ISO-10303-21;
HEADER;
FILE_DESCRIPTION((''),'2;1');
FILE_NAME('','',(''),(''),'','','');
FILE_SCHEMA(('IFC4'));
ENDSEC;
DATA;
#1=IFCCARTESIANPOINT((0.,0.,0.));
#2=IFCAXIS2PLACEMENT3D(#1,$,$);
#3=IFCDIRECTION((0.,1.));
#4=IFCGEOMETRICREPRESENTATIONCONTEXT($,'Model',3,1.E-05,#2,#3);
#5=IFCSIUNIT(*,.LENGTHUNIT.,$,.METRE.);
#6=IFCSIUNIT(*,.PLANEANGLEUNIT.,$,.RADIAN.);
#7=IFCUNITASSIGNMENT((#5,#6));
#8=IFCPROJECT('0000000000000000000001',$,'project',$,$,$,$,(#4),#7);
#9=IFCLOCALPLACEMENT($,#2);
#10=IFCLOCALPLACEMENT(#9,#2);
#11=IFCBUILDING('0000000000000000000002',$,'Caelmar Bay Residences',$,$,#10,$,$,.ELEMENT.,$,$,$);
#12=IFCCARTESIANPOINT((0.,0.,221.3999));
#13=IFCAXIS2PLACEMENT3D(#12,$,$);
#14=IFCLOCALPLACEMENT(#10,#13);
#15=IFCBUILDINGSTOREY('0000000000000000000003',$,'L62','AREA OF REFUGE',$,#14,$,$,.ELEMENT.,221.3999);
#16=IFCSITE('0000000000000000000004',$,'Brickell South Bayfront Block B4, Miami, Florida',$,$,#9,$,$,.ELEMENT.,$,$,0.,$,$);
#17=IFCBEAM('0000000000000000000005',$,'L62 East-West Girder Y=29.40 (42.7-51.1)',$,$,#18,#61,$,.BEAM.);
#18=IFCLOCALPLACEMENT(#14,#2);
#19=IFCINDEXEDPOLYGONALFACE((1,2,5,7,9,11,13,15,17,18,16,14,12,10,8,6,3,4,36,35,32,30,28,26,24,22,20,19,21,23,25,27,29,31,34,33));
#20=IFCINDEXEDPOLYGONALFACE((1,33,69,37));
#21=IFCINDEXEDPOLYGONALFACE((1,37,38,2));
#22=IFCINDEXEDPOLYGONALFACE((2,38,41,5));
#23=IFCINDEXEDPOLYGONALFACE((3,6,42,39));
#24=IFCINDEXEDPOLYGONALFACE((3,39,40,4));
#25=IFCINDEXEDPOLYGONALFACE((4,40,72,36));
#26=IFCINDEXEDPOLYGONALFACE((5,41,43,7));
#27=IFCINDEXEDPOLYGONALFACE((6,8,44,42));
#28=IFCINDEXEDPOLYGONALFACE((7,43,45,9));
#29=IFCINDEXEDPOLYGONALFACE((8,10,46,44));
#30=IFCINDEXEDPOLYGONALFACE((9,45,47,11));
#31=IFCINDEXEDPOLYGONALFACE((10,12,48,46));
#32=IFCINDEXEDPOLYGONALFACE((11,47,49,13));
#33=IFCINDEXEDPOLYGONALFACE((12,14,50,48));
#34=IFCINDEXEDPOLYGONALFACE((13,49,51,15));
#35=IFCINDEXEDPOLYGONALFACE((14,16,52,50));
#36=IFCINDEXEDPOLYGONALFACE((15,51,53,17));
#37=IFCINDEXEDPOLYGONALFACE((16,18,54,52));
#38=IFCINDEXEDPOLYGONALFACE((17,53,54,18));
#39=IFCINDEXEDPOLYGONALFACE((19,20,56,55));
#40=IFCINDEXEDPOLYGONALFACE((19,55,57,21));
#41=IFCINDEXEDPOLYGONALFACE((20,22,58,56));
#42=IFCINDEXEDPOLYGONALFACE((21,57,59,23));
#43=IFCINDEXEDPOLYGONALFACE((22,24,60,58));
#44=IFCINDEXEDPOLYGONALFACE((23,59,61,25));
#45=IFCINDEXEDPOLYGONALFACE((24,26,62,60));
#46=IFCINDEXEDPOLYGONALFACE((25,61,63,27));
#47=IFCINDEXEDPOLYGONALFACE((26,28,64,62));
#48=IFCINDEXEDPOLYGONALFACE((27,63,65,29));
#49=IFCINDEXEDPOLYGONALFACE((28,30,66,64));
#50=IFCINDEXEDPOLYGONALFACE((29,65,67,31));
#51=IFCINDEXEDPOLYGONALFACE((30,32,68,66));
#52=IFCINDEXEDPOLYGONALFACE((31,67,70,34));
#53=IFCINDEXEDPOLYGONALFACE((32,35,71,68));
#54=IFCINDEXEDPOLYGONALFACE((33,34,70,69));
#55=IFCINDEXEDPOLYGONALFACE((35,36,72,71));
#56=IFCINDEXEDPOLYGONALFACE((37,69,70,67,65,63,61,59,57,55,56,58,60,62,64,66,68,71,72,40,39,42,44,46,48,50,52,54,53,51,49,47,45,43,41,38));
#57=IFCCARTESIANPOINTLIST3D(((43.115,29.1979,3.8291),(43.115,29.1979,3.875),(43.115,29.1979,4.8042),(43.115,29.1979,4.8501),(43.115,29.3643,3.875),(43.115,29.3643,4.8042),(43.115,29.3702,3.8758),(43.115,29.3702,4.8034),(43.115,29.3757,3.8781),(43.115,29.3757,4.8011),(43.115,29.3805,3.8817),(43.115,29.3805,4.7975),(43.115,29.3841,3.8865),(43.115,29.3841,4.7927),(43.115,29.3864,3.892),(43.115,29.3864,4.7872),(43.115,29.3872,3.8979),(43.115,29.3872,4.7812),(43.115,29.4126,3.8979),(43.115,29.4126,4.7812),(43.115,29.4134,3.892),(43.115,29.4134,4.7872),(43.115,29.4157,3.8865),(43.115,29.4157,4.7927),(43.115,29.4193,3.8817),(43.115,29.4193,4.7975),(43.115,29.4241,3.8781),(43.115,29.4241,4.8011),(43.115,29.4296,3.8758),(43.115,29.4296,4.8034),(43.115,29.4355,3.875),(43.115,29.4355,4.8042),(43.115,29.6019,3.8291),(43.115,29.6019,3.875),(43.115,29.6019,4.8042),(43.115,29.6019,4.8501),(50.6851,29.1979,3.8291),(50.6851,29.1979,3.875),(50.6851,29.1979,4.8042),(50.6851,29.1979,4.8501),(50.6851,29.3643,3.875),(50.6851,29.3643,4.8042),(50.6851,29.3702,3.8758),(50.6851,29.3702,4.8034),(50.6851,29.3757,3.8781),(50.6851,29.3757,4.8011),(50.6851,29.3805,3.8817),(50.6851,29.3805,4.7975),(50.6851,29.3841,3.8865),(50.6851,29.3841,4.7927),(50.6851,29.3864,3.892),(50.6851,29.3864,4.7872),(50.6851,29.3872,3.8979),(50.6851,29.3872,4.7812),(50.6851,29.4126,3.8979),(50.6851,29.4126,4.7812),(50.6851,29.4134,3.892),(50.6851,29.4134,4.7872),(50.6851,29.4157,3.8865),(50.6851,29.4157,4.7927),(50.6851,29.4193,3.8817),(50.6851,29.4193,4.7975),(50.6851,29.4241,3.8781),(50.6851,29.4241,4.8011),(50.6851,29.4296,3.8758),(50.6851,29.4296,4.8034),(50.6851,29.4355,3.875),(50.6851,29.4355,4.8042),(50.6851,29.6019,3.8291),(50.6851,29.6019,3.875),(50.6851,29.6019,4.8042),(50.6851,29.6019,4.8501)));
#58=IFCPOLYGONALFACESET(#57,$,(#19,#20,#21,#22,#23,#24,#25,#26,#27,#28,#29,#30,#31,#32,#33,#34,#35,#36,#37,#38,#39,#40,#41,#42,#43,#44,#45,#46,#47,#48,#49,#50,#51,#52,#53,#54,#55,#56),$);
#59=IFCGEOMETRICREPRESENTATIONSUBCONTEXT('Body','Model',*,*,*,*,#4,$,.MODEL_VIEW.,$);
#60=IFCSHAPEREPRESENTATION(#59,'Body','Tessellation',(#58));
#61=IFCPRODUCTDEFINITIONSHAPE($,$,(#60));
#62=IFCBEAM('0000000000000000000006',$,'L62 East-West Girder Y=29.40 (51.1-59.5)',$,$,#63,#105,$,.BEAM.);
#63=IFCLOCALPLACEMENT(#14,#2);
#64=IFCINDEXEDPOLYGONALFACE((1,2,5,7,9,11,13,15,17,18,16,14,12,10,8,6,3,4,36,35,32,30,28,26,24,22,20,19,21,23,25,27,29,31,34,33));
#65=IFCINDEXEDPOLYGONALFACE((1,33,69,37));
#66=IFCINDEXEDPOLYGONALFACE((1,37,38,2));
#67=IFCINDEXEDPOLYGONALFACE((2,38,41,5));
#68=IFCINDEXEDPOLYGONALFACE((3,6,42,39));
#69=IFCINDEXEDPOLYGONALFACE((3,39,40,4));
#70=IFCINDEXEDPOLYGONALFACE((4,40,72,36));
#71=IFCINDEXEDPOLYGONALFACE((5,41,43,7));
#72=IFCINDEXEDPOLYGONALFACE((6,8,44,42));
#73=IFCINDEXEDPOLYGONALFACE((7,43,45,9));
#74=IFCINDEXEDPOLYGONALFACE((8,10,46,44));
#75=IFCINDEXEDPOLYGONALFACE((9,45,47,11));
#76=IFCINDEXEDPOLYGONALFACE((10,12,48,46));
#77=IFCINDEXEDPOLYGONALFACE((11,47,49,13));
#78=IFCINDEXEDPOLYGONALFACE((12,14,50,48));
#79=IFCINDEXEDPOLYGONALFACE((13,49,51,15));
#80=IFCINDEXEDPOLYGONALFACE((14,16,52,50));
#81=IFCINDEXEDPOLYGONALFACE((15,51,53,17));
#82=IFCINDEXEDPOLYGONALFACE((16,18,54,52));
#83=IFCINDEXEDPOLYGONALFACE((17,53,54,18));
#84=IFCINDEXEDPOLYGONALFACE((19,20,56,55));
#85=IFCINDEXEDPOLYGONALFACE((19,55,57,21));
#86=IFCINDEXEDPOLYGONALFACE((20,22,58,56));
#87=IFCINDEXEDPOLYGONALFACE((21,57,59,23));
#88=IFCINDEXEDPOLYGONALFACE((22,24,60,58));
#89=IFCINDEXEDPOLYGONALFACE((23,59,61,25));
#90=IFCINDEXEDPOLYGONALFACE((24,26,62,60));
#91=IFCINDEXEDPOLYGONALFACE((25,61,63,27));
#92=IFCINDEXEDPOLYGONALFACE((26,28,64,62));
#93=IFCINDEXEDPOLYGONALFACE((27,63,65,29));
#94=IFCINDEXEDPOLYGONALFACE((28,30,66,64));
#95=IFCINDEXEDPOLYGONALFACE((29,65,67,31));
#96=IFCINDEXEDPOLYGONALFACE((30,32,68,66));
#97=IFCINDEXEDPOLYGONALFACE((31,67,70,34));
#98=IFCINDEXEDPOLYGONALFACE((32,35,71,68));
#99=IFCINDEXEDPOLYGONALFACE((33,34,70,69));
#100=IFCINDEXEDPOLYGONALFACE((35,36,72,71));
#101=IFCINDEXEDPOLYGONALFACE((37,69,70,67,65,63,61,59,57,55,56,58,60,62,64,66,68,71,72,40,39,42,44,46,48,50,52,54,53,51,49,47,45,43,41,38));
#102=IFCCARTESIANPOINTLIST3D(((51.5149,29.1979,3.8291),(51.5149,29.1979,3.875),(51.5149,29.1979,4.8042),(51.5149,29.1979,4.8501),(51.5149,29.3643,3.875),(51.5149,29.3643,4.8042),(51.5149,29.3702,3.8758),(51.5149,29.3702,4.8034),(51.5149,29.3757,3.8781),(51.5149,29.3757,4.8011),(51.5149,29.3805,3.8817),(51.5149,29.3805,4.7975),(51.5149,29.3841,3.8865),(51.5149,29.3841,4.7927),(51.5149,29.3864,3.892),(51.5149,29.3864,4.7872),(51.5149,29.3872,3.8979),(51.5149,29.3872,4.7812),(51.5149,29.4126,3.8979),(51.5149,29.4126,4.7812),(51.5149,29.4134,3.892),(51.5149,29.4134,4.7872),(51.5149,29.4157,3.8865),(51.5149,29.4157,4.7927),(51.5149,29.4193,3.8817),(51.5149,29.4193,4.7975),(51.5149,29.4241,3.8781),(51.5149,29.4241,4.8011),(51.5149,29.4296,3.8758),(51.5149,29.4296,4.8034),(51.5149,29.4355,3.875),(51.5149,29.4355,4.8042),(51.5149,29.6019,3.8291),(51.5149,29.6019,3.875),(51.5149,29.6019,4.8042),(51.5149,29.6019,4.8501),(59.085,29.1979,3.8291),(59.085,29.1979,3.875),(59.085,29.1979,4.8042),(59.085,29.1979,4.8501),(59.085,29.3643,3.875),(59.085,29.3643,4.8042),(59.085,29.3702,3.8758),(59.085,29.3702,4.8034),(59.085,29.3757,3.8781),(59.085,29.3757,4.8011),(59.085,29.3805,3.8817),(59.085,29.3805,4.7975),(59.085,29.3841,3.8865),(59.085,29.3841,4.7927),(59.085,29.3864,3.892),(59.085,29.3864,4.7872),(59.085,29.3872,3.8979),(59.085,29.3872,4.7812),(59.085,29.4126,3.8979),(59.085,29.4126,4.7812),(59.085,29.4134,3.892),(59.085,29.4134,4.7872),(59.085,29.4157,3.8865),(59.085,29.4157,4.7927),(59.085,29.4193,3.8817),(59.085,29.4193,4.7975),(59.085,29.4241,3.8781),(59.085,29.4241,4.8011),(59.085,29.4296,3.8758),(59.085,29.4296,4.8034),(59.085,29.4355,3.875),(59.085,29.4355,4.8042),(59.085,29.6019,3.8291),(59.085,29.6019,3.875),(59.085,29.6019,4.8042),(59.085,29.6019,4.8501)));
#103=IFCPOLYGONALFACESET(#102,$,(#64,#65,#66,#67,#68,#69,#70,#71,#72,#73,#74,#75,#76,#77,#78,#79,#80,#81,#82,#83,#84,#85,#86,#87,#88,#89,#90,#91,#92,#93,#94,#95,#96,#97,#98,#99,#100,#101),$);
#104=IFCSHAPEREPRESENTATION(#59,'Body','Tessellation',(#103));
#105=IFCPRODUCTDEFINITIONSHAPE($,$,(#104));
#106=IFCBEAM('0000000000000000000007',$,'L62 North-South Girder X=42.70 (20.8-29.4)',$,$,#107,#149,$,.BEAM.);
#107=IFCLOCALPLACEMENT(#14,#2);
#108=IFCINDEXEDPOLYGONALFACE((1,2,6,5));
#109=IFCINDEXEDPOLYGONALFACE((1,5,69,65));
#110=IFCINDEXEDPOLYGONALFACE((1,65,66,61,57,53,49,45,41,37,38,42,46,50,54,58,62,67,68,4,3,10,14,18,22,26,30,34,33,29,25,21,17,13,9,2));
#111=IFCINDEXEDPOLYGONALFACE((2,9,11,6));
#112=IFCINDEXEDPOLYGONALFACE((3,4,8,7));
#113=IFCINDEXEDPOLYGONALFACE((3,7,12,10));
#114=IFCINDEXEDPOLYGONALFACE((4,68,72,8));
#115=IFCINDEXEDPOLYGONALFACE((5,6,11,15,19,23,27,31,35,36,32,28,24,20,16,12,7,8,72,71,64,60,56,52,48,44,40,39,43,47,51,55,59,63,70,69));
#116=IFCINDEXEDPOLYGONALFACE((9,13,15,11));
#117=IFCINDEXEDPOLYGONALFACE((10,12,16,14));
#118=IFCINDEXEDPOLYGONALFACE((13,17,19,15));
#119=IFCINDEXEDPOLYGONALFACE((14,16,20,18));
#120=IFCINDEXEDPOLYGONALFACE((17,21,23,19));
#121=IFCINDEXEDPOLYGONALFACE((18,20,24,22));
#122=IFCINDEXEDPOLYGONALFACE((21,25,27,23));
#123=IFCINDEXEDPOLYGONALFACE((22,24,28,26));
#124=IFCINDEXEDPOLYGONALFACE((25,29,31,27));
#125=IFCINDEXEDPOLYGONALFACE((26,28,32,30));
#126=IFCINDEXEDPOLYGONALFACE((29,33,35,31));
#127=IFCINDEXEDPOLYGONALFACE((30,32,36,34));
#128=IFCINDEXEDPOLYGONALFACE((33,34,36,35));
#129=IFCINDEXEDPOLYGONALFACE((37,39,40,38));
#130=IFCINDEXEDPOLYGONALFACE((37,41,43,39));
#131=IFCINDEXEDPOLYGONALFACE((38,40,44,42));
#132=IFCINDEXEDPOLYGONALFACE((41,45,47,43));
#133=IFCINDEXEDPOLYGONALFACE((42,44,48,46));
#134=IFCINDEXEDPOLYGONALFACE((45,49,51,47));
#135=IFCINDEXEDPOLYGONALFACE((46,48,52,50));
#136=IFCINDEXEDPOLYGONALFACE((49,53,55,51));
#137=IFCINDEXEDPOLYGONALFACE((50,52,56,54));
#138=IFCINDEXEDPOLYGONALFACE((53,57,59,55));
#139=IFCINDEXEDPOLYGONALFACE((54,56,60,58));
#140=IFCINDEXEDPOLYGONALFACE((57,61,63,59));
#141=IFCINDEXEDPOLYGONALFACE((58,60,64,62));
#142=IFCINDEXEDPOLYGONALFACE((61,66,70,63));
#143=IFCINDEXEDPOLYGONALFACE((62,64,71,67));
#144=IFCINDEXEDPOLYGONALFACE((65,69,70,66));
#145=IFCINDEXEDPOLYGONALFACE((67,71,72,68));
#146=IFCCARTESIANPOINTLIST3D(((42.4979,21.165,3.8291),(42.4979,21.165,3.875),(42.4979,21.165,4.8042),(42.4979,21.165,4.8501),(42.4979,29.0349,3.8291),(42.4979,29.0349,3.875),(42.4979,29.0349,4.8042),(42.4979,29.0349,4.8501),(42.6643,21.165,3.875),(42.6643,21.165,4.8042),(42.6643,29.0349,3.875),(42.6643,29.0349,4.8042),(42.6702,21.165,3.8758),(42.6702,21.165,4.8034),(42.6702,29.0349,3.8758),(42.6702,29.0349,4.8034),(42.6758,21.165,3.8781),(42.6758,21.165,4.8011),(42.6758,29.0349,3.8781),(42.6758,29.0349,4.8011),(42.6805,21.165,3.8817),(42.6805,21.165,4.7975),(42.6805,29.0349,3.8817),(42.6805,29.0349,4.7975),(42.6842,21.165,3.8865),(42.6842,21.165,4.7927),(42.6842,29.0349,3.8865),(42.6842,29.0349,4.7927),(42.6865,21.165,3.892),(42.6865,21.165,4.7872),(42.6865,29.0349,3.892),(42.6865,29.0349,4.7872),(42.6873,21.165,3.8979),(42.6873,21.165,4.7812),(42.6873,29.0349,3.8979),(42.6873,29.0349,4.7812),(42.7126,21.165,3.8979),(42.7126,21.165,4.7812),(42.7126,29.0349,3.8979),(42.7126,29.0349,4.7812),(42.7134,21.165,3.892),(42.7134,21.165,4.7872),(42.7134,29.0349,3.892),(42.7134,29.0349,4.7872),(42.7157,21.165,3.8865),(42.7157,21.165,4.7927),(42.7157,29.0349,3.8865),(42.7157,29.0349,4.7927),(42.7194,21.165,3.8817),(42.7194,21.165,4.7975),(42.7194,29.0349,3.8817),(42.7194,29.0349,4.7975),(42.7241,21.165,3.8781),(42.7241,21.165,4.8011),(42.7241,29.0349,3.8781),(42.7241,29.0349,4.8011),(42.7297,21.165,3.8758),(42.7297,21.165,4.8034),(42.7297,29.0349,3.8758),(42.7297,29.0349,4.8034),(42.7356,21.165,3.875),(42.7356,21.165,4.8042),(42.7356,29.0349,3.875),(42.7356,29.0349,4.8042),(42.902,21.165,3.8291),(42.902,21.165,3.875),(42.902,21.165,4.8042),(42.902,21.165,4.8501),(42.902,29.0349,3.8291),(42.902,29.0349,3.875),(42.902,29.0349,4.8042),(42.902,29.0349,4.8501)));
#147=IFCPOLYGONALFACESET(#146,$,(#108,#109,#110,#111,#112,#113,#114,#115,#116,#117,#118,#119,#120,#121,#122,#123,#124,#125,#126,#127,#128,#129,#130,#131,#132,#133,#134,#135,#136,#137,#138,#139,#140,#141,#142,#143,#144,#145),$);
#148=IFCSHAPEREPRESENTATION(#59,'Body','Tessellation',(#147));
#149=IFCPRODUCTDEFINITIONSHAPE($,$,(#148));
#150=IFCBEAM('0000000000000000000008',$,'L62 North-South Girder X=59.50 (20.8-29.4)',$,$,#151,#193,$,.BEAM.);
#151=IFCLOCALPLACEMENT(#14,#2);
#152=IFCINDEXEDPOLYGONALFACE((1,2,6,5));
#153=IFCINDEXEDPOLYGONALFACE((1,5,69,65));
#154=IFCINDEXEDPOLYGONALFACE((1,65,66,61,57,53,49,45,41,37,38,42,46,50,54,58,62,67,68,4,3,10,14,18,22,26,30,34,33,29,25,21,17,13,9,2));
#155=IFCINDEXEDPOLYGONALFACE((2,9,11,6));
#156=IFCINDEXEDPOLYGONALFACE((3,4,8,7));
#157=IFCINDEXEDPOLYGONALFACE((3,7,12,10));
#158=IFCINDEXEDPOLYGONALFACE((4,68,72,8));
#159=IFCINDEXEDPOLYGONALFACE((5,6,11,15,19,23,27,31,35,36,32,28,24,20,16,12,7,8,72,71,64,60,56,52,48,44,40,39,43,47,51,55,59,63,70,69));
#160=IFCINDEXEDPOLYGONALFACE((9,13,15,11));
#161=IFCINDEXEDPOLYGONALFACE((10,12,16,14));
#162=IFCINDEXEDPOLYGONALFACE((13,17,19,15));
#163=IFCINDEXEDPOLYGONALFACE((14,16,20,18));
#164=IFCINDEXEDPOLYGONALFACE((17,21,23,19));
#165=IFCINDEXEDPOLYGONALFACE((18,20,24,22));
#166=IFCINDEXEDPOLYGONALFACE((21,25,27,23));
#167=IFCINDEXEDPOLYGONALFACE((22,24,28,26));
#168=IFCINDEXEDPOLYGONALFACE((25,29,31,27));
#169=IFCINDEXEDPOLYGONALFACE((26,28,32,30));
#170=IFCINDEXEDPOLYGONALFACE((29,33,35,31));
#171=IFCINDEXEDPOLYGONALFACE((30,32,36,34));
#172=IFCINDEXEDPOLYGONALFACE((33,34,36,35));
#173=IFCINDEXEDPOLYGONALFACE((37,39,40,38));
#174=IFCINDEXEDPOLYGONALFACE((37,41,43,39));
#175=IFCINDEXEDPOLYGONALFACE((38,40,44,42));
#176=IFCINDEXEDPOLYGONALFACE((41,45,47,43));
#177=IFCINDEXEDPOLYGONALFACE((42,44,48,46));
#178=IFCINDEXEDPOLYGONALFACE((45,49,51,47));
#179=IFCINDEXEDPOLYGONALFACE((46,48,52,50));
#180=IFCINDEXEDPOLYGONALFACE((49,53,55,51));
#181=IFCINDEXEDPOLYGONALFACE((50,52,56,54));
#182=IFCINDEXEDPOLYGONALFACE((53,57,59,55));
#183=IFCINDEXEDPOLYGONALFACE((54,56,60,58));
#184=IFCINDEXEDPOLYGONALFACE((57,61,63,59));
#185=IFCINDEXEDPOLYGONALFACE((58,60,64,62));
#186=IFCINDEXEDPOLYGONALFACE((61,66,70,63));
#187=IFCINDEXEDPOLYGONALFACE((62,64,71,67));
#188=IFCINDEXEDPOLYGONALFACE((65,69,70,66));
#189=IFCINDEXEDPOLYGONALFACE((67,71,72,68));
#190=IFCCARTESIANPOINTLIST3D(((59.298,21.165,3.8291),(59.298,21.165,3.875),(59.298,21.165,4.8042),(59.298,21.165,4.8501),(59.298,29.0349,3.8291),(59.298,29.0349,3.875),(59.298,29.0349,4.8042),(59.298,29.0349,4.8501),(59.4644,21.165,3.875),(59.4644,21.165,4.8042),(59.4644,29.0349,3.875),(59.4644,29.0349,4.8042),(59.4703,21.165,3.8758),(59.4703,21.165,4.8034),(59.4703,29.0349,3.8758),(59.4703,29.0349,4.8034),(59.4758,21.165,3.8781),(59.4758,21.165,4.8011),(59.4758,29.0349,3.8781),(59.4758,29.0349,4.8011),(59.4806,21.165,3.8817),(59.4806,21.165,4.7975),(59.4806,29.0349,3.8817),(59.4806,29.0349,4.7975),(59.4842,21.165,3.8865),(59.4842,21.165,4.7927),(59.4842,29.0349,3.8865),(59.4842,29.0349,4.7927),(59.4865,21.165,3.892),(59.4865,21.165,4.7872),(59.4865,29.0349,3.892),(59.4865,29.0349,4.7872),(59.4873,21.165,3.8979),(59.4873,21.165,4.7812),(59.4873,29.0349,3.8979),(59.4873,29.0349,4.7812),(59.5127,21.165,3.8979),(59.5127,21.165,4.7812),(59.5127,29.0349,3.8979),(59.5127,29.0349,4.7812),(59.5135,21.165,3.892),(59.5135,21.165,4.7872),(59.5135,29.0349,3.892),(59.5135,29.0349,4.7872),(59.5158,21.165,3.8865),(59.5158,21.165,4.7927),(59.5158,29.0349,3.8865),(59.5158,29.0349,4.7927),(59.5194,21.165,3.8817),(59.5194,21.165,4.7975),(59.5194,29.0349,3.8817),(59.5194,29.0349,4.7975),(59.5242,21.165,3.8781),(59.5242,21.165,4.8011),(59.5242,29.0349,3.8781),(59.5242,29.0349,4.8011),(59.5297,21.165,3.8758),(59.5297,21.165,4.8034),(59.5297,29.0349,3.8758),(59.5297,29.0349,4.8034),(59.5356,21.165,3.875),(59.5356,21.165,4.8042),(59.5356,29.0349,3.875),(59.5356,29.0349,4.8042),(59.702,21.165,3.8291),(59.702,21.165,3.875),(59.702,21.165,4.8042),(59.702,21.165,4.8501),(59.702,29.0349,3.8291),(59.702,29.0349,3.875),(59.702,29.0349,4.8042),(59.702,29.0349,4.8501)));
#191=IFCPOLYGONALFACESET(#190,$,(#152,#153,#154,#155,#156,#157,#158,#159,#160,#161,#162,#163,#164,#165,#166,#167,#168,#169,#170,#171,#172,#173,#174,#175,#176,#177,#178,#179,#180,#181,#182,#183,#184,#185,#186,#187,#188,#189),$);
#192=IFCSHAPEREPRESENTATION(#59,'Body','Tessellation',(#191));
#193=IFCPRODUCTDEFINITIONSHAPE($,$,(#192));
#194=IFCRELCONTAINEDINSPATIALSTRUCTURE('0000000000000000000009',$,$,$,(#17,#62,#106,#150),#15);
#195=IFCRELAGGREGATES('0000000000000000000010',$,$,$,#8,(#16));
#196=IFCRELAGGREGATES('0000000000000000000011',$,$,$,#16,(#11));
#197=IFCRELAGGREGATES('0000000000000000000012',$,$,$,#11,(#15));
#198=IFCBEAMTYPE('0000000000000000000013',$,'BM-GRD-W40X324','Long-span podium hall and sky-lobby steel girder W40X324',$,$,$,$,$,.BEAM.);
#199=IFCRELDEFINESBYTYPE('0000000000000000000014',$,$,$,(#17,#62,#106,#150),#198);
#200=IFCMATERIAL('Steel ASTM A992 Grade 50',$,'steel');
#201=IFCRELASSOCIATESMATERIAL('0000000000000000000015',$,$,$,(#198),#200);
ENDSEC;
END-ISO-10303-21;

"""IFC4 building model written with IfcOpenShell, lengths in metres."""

from ifc_helpers import new_model, si_unit, direction, frame, origin, origin_2d, place, context, subcontext, project, spatial, i_section, extrude, material, material_profile, profile_set, type_object, element, save


model = new_model("IFC4")

# Units and contexts
model_context = context("Model", 3, precision=1e-05, world=origin(), true_north=direction((0.0, 1.0)))
body_context = subcontext(model_context, "Body", "Model", "MODEL_VIEW")
ifc_project = project(units=[si_unit("LENGTHUNIT", "METRE"), si_unit("PLANEANGLEUNIT", "RADIAN")], contexts=[model_context])

# Site, building, storey
site_placement = place(None, origin())
site = spatial("IfcSite", under=ifc_project, at=site_placement, Name="Brickell South Bayfront Block B4, Miami, Florida", CompositionType="ELEMENT", RefElevation=0.0)
building_placement = place(site_placement, origin())
building = spatial("IfcBuilding", under=site, at=building_placement, Name="Caelmar Bay Residences", CompositionType="ELEMENT")
storey_placement = place(building_placement, frame((0.0, 0.0, 221.3999)))
storey = spatial("IfcBuildingStorey", under=building, at=storey_placement, Name="L62", Description="AREA OF REFUGE", CompositionType="ELEMENT", Elevation=221.3999)

# Beams
ifc_material_1 = material(Name="Steel ASTM A992 Grade 50", Category="steel")
ifc_material_profile_1 = material_profile(ifc_material_1, i_section(OverallWidth=0.4041, OverallDepth=1.021, WebThickness=0.0254, FlangeThickness=0.0459, FilletRadius=0.0229, at=origin_2d()), Name="W40X324")
ifc_profile_set_1 = profile_set([ifc_material_profile_1], Name="Steel ASTM A992 Grade 50")
beam_type_1 = type_object("IfcBeamType", Name="BM-GRD-W40X324", Description="Long-span podium hall and sky-lobby steel girder W40X324", PredefinedType="BEAM", material=ifc_profile_set_1)
for number, where, z_axis, x_axis, name in (
    (1, (43.115, 29.3999, 4.3396), (1.0, 0.0, 0.0), (0.0, 1.0, 0.0), "L62 East-West Girder Y=29.40 (42.7-51.1)"),
    (2, (51.5149, 29.3999, 4.3396), (1.0, 0.0, 0.0), (0.0, 1.0, 0.0), "L62 East-West Girder Y=29.40 (51.1-59.5)"),
):
    element("IfcBeam", number, at=place(storey_placement, frame(where, z_axis=z_axis, x_axis=x_axis)), inside=storey, type_object=beam_type_1, Name=name, PredefinedType="BEAM", context=body_context, shape_type="SweptSolid", body=[
        extrude(i_section(OverallWidth=0.4041, OverallDepth=1.021, WebThickness=0.0254, FlangeThickness=0.0459, FilletRadius=0.0229, at=origin_2d()), origin(), (0.0, 0.0, 1.0), 7.5701),
    ])
for number, where, z_axis, x_axis, name in (
    (3, (42.7, 21.165, 4.3396), (0.0, 1.0, 0.0), (-1.0, 0.0, 0.0), "L62 North-South Girder X=42.70 (20.8-29.4)"),
    (4, (59.5, 21.165, 4.3396), (0.0, 1.0, 0.0), (-1.0, 0.0, 0.0), "L62 North-South Girder X=59.50 (20.8-29.4)"),
):
    element("IfcBeam", number, at=place(storey_placement, frame(where, z_axis=z_axis, x_axis=x_axis)), inside=storey, type_object=beam_type_1, Name=name, PredefinedType="BEAM", context=body_context, shape_type="SweptSolid", body=[
        extrude(i_section(OverallWidth=0.4041, OverallDepth=1.021, WebThickness=0.0254, FlangeThickness=0.0459, FilletRadius=0.0229, at=origin_2d()), origin(), (0.0, 0.0, 1.0), 7.8699),
    ])

save(model, "model.ifc")
